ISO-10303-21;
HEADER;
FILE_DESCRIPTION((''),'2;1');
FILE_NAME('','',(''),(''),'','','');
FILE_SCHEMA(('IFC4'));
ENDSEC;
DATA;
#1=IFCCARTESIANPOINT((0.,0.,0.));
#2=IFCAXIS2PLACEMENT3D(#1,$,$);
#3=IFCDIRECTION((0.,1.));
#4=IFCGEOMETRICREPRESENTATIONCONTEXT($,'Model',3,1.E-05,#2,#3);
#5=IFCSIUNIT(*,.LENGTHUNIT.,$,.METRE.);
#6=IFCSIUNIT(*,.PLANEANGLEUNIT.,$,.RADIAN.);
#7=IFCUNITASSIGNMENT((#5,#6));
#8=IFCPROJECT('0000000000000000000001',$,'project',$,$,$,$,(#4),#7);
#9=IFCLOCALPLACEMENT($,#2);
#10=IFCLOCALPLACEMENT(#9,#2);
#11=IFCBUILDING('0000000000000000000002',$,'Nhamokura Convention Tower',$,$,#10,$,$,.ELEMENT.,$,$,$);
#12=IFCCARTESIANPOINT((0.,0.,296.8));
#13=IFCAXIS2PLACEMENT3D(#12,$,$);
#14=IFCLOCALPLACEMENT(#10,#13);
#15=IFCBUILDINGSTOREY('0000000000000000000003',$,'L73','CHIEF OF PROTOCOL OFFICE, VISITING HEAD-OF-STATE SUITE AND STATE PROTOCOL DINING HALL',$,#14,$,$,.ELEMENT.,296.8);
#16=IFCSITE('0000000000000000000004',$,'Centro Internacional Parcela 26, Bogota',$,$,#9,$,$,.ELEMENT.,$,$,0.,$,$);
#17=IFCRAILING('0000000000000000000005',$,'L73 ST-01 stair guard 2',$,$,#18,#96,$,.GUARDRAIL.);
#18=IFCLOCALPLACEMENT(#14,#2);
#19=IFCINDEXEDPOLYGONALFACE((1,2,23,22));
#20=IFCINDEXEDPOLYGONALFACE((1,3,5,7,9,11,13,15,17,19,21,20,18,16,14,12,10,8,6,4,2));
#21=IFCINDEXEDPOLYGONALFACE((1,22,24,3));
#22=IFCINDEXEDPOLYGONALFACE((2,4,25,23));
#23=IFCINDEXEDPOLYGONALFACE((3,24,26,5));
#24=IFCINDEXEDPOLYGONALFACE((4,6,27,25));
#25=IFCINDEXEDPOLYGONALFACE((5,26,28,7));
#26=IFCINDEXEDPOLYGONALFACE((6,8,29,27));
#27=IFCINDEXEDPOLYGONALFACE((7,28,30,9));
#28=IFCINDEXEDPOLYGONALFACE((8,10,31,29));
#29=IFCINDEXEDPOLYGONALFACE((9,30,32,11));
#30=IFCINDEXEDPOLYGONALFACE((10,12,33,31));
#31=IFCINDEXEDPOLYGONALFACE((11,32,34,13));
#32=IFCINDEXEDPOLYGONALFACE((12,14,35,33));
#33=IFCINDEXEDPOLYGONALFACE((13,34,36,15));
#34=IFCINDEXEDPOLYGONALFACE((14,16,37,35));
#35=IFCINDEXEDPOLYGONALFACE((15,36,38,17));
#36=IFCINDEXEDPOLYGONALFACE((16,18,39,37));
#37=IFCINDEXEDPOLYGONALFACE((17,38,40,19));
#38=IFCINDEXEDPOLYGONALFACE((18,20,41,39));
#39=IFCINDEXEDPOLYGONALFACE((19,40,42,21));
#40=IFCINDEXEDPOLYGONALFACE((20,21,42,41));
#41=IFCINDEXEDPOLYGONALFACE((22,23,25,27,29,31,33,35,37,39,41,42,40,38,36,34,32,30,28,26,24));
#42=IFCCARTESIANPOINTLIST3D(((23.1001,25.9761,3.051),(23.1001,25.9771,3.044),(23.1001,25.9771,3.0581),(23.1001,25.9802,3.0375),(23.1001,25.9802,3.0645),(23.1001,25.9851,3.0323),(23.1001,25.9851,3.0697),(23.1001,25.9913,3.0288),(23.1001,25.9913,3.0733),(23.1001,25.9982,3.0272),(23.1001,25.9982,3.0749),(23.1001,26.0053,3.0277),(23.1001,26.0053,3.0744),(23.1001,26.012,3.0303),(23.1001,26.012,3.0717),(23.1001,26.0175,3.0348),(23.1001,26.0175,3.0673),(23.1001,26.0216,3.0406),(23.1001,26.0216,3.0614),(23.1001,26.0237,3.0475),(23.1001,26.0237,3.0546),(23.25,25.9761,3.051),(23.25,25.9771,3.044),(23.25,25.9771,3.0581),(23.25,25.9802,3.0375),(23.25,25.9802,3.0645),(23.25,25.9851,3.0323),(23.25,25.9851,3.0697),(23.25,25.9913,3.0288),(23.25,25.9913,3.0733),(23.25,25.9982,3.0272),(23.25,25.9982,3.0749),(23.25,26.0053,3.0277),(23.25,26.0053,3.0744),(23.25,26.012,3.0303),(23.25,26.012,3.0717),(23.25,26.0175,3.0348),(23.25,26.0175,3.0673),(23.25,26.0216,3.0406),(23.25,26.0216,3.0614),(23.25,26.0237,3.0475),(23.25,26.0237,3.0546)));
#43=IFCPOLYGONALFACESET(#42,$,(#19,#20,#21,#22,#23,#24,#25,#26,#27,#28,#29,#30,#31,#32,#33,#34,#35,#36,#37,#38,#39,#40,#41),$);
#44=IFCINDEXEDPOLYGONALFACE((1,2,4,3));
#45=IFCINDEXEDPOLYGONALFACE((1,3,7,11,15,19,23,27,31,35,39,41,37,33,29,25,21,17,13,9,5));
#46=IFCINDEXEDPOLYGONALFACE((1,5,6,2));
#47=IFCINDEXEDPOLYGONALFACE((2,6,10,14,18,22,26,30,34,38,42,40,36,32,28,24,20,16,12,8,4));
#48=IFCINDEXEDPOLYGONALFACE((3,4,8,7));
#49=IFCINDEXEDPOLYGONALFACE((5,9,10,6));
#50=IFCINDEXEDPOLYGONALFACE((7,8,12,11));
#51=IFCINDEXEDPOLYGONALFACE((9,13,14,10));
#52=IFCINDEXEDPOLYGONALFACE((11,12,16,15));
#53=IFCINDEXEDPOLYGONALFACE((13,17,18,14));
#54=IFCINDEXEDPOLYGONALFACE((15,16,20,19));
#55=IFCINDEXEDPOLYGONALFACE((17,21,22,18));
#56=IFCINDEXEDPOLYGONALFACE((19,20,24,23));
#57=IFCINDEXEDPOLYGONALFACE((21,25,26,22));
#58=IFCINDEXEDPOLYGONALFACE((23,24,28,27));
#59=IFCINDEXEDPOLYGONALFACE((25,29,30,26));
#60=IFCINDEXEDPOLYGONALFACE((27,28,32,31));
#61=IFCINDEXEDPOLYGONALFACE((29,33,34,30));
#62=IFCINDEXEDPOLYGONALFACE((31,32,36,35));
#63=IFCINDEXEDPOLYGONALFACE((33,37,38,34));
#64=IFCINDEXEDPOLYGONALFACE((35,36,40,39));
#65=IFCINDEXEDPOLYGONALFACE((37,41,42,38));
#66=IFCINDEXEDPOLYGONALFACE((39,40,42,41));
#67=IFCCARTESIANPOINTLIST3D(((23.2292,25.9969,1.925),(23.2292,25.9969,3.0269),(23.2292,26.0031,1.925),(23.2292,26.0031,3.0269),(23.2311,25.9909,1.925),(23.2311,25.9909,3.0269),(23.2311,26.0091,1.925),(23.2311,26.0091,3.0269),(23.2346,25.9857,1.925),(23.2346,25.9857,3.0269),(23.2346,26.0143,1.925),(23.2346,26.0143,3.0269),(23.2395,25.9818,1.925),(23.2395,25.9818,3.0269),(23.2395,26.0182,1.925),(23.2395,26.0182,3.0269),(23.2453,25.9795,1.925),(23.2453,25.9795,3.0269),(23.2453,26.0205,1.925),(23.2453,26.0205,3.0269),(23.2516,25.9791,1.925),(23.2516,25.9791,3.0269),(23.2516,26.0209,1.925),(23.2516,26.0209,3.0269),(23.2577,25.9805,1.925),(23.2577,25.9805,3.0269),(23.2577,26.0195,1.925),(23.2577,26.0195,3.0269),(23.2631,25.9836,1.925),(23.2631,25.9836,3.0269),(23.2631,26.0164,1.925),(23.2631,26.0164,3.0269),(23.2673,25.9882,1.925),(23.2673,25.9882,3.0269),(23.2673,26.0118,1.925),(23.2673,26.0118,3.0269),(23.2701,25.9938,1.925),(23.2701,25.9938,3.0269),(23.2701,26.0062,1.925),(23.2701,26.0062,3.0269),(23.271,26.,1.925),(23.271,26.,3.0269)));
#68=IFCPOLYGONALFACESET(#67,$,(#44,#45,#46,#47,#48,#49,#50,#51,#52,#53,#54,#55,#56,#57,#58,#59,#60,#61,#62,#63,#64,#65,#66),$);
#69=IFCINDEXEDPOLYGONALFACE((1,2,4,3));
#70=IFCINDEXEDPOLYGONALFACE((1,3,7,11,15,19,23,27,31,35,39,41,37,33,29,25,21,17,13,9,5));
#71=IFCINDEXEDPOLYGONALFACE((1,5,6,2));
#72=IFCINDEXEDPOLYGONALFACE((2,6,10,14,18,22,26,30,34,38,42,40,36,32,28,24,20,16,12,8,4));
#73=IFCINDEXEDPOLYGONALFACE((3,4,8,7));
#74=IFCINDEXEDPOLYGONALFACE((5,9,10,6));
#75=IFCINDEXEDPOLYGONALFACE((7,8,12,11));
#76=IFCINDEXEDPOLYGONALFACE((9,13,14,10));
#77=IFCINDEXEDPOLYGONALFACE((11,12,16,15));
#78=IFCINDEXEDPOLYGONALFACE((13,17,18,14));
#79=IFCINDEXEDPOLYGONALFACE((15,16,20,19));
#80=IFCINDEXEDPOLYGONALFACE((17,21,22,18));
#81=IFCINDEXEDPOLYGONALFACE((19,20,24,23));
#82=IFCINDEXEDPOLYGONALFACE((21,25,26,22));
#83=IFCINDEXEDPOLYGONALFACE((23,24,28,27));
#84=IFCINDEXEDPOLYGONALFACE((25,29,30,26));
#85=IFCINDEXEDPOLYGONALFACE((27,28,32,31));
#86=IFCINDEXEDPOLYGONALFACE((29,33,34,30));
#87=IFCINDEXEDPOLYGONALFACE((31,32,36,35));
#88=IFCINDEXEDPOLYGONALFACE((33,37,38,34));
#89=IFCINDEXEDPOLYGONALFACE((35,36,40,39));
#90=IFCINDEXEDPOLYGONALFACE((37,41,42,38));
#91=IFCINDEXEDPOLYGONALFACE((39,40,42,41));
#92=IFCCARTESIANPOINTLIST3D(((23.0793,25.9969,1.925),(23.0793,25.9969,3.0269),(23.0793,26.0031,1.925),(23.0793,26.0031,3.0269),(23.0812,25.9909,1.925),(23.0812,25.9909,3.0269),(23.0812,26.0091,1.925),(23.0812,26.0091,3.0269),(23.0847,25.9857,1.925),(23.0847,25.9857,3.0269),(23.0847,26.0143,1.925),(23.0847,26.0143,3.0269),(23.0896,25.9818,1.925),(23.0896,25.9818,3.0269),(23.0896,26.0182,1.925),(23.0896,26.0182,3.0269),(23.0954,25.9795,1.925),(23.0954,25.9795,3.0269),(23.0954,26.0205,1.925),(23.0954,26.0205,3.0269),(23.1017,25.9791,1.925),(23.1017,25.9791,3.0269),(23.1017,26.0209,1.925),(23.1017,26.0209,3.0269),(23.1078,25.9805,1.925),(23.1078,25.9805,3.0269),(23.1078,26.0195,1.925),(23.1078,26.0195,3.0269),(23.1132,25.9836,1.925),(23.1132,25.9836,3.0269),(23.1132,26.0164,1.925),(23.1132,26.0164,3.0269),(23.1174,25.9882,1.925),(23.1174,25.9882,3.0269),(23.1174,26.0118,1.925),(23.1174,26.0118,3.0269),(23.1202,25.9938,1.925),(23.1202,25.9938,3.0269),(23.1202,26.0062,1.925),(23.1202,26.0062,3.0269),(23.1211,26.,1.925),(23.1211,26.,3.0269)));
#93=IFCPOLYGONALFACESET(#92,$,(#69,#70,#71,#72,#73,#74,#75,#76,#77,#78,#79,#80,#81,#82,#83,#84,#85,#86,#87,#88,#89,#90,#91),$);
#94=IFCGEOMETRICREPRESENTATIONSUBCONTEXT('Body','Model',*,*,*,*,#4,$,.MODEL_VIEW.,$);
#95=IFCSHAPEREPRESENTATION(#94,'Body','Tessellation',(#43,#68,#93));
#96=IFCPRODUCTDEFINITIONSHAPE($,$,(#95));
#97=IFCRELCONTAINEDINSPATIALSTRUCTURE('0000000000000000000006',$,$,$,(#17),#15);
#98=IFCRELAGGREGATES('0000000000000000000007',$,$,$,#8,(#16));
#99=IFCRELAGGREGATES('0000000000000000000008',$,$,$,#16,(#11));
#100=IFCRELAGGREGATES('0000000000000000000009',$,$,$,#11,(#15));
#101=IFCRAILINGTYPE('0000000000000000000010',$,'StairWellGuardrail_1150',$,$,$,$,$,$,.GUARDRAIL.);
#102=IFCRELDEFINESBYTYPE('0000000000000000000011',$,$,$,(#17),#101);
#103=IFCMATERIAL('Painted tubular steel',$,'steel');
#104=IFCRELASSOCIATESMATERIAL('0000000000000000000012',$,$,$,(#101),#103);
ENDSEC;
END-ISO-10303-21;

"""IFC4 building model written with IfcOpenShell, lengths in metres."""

from ifc_helpers import new_model, si_unit, direction, frame, origin, origin_2d, place, context, subcontext, project, spatial, circle, extrude, material, type_object, element, save


model = new_model("IFC4")

# Units and contexts
model_context = context("Model", 3, precision=1e-05, world=origin(), true_north=direction((0.0, 1.0)))
body_context = subcontext(model_context, "Body", "Model", "MODEL_VIEW")
ifc_project = project(units=[si_unit("LENGTHUNIT", "METRE"), si_unit("PLANEANGLEUNIT", "RADIAN")], contexts=[model_context])

# Site, building, storey
site_placement = place(None, origin())
site = spatial("IfcSite", under=ifc_project, at=site_placement, Name="Centro Internacional Parcela 26, Bogota", CompositionType="ELEMENT", RefElevation=0.0)
building_placement = place(site_placement, origin())
building = spatial("IfcBuilding", under=site, at=building_placement, Name="Nhamokura Convention Tower", CompositionType="ELEMENT")
storey_placement = place(building_placement, frame((0.0, 0.0, 296.8)))
storey = spatial("IfcBuildingStorey", under=building, at=storey_placement, Name="L73", Description="CHIEF OF PROTOCOL OFFICE, VISITING HEAD-OF-STATE SUITE AND STATE PROTOCOL DINING HALL", CompositionType="ELEMENT", Elevation=296.8)

# Railing
ifc_material_1 = material(Name="Painted tubular steel", Category="steel")
railing_type_1 = type_object("IfcRailingType", Name="StairWellGuardrail_1150", PredefinedType="GUARDRAIL", material=ifc_material_1)
railing_1_placement = place(storey_placement, frame((23.25, 26.0, 1.925)))
element("IfcRailing", 1, at=railing_1_placement, inside=storey, type_object=railing_type_1, Name="L73 ST-01 stair guard 2", PredefinedType="GUARDRAIL", context=body_context, shape_type="SweptSolid", body=[
    extrude(circle(Radius=0.0239, at=origin_2d()), frame((0.0, 0.0, 1.126), z_axis=(-1.0, 0.0, 0.0), x_axis=(0.0, -1.0, 0.0)), (0.0, 0.0, 1.0), 0.1499),
    extrude(circle(Radius=0.021, at=origin_2d()), origin(), (0.0, 0.0, 1.0), 1.1018),
    extrude(circle(Radius=0.021, at=origin_2d()), frame((-0.1499, 0.0, 0.0)), (0.0, 0.0, 1.0), 1.1018),
])

save(model, "model.ifc")
